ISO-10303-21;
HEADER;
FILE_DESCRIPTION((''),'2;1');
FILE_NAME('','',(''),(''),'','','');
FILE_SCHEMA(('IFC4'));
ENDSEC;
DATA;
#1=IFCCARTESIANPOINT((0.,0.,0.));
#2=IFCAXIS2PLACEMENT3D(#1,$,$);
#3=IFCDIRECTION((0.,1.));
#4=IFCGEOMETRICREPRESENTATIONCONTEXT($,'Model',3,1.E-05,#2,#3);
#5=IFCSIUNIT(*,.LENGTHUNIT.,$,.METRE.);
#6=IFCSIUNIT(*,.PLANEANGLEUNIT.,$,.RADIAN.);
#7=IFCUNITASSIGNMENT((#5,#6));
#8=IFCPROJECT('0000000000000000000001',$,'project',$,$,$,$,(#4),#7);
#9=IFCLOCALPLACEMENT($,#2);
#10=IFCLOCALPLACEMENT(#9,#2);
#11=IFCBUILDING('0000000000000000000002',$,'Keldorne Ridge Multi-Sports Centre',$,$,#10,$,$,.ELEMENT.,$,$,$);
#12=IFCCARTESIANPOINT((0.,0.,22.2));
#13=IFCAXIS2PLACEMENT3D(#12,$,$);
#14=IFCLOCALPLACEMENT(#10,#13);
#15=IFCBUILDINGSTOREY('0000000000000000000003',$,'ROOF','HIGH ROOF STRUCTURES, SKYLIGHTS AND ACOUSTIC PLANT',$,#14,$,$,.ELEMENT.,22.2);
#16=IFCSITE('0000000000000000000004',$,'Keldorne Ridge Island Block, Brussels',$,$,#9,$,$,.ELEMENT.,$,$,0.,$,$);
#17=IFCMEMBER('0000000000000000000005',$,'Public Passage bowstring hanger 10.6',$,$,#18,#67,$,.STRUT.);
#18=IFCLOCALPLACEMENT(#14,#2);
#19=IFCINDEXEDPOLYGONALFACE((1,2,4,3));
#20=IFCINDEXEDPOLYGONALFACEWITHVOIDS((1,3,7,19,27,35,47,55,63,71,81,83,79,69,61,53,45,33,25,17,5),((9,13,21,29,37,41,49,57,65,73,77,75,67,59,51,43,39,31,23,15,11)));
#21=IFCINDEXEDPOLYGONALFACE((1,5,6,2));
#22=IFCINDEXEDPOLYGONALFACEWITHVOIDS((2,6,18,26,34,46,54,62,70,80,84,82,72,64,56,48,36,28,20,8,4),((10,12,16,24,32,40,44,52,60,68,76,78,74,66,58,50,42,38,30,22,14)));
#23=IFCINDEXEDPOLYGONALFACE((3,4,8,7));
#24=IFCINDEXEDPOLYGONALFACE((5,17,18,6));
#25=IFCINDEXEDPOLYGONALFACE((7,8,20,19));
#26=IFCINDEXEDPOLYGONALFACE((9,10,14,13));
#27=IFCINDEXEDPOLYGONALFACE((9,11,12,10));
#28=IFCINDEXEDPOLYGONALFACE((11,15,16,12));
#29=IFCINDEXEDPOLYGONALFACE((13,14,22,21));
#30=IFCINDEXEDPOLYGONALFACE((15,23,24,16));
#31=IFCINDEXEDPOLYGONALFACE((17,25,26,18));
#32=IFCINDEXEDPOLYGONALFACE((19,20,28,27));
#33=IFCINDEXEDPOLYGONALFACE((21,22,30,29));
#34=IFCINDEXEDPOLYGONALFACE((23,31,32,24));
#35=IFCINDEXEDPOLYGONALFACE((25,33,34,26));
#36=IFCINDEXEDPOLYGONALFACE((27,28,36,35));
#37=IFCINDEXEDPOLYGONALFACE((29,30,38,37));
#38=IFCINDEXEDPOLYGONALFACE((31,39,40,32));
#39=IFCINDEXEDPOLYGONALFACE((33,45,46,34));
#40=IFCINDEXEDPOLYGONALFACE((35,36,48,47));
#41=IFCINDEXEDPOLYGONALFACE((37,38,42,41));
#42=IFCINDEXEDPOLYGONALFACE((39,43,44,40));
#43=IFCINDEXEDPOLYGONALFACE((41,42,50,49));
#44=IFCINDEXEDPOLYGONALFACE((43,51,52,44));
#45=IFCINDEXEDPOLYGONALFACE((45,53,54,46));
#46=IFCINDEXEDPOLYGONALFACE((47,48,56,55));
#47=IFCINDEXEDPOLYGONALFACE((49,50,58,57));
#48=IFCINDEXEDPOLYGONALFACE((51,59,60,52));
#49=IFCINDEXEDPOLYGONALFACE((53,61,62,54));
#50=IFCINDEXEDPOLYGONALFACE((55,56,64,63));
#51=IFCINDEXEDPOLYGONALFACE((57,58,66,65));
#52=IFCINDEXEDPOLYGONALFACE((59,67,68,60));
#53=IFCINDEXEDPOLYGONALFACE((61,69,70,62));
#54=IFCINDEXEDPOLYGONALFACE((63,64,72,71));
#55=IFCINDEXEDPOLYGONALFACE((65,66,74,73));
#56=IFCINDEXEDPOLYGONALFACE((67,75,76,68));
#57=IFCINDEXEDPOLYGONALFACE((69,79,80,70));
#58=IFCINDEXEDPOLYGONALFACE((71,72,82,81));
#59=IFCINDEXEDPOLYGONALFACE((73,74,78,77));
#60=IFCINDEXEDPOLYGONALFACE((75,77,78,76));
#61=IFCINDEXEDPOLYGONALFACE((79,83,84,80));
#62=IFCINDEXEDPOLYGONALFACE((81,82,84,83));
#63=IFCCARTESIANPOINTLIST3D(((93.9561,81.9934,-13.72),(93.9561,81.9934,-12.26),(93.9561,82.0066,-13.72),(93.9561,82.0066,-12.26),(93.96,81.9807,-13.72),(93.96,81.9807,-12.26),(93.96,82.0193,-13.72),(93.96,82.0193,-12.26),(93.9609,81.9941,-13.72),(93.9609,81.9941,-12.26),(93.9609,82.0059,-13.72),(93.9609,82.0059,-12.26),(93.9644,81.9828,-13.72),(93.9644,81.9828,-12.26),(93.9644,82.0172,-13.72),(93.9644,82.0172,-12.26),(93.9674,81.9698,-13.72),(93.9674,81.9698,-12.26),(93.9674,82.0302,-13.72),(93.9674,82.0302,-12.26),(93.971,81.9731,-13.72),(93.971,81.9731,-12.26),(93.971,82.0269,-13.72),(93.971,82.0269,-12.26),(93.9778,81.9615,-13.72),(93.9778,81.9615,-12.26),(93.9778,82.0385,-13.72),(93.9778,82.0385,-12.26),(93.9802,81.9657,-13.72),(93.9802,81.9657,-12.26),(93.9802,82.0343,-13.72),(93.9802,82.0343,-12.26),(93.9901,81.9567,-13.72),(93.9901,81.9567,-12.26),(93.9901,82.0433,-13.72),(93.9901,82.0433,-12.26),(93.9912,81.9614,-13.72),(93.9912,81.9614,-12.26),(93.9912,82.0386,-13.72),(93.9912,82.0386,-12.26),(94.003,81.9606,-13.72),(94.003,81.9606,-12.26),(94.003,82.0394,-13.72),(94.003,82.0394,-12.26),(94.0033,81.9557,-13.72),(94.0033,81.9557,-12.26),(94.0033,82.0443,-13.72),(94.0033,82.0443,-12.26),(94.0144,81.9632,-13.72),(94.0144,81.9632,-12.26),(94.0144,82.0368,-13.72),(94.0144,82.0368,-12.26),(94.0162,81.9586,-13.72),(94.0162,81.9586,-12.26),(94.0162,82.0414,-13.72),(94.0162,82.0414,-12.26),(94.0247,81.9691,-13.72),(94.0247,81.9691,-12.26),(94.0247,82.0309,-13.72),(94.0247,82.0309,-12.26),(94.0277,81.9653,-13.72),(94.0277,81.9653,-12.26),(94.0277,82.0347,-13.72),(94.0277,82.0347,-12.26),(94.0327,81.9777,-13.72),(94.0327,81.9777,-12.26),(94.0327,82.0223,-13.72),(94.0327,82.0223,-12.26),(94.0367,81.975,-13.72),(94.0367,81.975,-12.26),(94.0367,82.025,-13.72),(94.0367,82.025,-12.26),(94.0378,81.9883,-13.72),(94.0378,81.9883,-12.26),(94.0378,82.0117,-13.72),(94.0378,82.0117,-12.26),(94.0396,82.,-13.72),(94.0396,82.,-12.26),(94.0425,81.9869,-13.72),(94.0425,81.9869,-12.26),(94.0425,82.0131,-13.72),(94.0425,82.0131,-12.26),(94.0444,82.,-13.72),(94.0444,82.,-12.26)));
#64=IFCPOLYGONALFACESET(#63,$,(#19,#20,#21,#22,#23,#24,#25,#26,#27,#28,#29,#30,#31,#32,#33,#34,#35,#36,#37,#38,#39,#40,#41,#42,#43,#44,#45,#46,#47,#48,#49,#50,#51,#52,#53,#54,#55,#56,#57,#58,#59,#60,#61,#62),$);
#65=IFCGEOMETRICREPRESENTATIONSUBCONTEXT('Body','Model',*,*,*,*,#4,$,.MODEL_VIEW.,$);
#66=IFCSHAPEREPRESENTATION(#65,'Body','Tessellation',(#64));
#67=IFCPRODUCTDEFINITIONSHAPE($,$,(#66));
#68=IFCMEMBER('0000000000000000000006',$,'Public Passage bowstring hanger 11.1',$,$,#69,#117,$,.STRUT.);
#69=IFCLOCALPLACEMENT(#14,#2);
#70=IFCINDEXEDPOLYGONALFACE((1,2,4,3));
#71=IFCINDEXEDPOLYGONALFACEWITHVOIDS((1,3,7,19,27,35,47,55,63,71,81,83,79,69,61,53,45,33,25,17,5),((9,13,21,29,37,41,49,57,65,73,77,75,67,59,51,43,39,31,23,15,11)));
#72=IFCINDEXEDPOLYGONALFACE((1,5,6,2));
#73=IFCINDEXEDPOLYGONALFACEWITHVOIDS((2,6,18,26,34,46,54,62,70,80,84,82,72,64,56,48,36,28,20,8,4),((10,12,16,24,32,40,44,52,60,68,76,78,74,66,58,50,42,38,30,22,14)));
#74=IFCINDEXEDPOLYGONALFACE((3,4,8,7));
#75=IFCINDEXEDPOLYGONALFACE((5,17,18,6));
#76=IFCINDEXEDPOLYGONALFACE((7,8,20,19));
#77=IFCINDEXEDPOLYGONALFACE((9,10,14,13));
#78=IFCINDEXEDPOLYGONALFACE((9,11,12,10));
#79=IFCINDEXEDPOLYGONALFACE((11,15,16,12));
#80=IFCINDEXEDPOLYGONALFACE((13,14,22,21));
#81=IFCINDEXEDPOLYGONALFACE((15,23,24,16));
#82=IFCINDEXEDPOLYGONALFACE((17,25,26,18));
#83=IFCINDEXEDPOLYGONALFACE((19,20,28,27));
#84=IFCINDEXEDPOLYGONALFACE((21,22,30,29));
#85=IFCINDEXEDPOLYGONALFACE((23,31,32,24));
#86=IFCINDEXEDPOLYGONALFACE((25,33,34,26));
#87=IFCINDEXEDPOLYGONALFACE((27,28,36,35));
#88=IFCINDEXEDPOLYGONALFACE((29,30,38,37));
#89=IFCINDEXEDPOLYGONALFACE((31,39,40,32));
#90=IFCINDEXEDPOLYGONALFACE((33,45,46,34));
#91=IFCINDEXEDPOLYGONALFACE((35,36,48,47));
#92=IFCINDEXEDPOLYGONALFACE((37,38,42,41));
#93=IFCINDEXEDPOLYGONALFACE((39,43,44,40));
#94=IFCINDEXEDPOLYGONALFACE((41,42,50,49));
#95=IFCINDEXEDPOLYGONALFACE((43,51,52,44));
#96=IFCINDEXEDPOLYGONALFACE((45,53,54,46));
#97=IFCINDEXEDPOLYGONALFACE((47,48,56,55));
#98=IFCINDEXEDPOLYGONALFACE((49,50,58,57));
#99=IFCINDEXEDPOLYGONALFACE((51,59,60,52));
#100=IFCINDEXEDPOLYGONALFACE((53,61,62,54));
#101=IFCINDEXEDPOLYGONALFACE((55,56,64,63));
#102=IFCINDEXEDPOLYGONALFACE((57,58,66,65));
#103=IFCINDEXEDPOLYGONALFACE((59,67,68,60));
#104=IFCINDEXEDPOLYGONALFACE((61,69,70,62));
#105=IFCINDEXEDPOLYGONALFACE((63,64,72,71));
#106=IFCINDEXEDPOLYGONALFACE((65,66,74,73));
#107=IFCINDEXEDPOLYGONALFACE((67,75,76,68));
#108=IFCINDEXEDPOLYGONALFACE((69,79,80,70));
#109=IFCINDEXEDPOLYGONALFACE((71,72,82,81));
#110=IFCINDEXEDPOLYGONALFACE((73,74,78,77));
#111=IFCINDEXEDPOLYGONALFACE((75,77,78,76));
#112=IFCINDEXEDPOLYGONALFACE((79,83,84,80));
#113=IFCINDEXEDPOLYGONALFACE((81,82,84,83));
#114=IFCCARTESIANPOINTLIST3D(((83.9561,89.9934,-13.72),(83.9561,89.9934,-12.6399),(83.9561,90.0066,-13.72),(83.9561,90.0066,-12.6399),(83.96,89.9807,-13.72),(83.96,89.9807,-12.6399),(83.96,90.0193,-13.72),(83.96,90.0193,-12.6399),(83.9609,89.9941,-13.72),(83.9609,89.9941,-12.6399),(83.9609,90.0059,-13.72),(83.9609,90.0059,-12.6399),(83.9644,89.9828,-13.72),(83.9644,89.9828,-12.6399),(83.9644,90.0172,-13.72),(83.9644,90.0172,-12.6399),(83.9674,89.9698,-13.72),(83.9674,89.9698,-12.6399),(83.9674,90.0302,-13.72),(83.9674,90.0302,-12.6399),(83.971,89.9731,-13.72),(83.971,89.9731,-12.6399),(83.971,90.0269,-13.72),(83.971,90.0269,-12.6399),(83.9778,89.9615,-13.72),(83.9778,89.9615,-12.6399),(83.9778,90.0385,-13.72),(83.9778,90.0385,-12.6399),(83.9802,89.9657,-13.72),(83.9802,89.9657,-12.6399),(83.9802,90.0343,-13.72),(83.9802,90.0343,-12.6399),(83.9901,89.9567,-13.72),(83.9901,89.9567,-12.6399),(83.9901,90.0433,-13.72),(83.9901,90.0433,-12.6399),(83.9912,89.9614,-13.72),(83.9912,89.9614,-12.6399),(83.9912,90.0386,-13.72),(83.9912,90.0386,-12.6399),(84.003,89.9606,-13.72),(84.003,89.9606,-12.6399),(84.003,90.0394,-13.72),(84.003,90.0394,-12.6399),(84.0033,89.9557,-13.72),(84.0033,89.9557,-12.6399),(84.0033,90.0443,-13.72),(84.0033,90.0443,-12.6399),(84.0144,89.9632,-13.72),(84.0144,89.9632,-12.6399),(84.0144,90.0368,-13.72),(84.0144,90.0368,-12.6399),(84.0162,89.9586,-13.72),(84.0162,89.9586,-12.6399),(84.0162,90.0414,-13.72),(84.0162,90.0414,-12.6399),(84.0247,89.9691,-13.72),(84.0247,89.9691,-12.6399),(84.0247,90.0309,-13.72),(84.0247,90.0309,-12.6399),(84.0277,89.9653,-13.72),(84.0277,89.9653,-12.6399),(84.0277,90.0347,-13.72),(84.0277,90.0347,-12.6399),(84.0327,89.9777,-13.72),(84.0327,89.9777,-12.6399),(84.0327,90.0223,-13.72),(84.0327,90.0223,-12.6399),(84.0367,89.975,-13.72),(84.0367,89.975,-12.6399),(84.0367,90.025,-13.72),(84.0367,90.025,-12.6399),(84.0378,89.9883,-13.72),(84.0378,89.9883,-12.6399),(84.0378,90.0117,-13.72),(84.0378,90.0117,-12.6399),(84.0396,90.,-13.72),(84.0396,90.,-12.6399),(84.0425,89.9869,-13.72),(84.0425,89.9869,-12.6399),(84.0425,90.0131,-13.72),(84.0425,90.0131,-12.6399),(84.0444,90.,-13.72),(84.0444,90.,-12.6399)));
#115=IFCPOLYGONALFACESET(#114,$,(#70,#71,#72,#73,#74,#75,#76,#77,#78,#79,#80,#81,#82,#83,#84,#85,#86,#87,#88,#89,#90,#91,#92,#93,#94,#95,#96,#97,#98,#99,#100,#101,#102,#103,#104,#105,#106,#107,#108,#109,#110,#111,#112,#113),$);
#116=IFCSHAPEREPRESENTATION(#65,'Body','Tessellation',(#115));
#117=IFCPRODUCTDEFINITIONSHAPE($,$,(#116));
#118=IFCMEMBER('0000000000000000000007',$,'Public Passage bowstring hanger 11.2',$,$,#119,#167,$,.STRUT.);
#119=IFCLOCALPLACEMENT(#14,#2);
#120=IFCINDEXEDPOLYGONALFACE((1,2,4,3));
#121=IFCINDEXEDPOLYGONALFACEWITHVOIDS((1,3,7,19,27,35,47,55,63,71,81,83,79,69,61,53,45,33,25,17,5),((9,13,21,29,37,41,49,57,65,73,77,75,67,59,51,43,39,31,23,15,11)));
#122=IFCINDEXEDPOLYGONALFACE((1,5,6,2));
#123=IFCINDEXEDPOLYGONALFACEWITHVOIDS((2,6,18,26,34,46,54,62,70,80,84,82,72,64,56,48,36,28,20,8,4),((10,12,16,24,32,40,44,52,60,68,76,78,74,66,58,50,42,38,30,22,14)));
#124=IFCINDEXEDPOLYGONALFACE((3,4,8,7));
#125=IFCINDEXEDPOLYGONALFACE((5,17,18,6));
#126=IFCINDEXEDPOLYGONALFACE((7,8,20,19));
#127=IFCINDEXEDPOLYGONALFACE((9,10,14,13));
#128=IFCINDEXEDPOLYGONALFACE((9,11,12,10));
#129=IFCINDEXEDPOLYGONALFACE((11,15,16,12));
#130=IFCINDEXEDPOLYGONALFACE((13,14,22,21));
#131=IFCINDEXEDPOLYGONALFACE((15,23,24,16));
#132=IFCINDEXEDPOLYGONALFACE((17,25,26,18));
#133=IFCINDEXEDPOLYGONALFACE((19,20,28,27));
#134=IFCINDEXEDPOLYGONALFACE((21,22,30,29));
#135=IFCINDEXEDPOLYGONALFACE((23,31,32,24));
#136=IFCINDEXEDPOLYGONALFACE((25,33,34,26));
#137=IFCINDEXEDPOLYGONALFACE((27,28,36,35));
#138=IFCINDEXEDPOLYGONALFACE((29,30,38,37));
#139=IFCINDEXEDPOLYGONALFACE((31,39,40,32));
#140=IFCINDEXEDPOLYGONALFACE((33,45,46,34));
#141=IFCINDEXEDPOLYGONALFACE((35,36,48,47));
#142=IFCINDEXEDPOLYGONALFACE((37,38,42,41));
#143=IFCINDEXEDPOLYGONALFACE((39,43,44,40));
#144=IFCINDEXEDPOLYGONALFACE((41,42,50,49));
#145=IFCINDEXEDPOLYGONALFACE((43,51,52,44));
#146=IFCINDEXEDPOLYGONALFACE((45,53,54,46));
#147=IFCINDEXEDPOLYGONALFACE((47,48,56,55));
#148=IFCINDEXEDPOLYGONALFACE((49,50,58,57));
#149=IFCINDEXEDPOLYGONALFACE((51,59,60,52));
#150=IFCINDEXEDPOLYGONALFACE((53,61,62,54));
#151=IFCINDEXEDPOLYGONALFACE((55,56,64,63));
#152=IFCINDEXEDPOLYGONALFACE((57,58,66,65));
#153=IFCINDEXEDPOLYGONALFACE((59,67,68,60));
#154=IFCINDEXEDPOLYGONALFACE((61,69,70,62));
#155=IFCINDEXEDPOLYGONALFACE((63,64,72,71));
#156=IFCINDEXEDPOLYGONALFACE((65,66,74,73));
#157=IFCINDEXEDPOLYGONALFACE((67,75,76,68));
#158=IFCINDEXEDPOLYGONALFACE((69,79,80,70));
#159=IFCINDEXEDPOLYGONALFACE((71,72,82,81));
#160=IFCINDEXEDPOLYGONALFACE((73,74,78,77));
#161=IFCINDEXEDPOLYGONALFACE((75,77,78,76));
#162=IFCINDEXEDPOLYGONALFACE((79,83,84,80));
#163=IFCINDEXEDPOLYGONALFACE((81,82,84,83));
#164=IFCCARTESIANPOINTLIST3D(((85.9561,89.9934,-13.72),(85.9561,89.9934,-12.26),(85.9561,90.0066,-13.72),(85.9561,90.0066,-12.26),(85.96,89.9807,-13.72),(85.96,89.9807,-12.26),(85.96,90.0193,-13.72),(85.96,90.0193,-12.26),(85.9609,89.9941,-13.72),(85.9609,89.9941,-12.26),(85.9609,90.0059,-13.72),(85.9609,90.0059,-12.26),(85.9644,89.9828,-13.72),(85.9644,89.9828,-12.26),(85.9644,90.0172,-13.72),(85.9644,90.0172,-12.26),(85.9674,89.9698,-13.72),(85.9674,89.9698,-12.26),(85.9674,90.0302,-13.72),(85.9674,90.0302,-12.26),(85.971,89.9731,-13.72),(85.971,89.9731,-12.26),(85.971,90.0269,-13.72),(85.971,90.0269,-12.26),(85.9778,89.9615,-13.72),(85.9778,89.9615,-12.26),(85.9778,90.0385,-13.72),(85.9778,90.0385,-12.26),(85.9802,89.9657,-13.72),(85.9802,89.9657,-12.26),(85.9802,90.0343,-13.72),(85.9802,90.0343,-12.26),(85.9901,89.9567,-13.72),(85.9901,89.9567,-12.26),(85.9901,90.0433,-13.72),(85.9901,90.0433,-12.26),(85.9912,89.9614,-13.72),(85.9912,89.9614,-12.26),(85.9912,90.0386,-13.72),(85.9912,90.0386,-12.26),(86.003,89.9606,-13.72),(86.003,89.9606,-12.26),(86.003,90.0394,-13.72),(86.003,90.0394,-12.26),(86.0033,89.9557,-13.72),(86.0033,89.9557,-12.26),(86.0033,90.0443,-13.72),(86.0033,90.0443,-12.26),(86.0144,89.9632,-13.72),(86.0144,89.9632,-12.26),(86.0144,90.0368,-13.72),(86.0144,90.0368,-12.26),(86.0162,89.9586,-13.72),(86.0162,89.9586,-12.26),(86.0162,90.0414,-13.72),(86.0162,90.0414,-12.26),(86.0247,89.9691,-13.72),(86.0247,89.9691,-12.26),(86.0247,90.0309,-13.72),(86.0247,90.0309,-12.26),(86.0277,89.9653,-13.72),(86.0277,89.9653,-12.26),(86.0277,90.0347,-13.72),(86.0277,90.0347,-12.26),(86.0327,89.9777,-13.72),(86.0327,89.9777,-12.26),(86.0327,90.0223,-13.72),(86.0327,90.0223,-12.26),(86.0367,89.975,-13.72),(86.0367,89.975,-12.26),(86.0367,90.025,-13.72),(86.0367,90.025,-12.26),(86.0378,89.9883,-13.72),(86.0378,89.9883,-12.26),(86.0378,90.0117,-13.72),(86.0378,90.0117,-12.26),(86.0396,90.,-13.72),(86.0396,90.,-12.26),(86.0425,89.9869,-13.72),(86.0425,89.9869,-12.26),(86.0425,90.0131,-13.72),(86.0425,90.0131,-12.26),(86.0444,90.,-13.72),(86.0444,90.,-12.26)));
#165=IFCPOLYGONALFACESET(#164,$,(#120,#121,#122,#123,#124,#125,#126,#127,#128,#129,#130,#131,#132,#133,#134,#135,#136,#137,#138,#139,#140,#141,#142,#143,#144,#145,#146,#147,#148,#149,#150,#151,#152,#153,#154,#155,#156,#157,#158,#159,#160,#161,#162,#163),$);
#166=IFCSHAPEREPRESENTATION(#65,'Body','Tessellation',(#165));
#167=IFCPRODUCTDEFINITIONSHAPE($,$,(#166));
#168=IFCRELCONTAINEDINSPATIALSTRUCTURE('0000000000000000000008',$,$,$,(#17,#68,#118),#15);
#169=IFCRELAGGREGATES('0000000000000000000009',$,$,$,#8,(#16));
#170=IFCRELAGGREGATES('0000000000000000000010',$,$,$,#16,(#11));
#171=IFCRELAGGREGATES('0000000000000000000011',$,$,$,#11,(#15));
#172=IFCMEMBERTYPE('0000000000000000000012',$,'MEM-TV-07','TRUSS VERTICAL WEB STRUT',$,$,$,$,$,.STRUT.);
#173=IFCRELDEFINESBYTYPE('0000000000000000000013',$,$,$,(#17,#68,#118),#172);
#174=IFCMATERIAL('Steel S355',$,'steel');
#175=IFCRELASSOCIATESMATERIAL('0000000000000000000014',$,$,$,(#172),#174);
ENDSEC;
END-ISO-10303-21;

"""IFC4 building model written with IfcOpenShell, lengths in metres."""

from ifc_helpers import new_model, si_unit, direction, frame, origin, origin_2d, place, context, subcontext, project, spatial, hollow_circle, extrude, material, material_profile, profile_set, type_object, element, save


model = new_model("IFC4")

# Units and contexts
model_context = context("Model", 3, precision=1e-05, world=origin(), true_north=direction((0.0, 1.0)))
body_context = subcontext(model_context, "Body", "Model", "MODEL_VIEW")
ifc_project = project(units=[si_unit("LENGTHUNIT", "METRE"), si_unit("PLANEANGLEUNIT", "RADIAN")], contexts=[model_context])

# Site, building, storey
site_placement = place(None, origin())
site = spatial("IfcSite", under=ifc_project, at=site_placement, Name="Keldorne Ridge Island Block, Brussels", CompositionType="ELEMENT", RefElevation=0.0)
building_placement = place(site_placement, origin())
building = spatial("IfcBuilding", under=site, at=building_placement, Name="Keldorne Ridge Multi-Sports Centre", CompositionType="ELEMENT")
storey_placement = place(building_placement, frame((0.0, 0.0, 22.2)))
storey = spatial("IfcBuildingStorey", under=building, at=storey_placement, Name="ROOF", Description="HIGH ROOF STRUCTURES, SKYLIGHTS AND ACOUSTIC PLANT", CompositionType="ELEMENT", Elevation=22.2)

# Members
ifc_material = material(Name="Steel S355", Category="steel")
ifc_material_profile_1 = material_profile(ifc_material, hollow_circle(Radius=0.0444, WallThickness=0.0049, at=origin_2d()), Name="CHS 88.9x5")
ifc_profile_set_1 = profile_set([ifc_material_profile_1], Name="Steel S355")
member_type_1 = type_object("IfcMemberType", Name="MEM-TV-07", Description="TRUSS VERTICAL WEB STRUT", PredefinedType="STRUT", material=ifc_profile_set_1)
member_1_placement = place(storey_placement, frame((94.0, 82.0, -13.72), z_axis=(0.0, 0.0, 1.0), x_axis=(1.0, 0.0, 0.0)))
element("IfcMember", 1, at=member_1_placement, inside=storey, type_object=member_type_1, Name="Public Passage bowstring hanger 10.6", PredefinedType="STRUT", context=body_context, shape_type="SweptSolid", body=[
    extrude(hollow_circle(Radius=0.0444, WallThickness=0.0049, at=origin_2d()), origin(), (0.0, 0.0, 1.0), 1.46),
])
member_2_placement = place(storey_placement, frame((84.0, 90.0, -13.72), z_axis=(0.0, 0.0, 1.0), x_axis=(1.0, 0.0, 0.0)))
element("IfcMember", 2, at=member_2_placement, inside=storey, type_object=member_type_1, Name="Public Passage bowstring hanger 11.1", PredefinedType="STRUT", context=body_context, shape_type="SweptSolid", body=[
    extrude(hollow_circle(Radius=0.0444, WallThickness=0.0049, at=origin_2d()), origin(), (0.0, 0.0, 1.0), 1.0801),
])
member_3_placement = place(storey_placement, frame((86.0, 90.0, -13.72), z_axis=(0.0, 0.0, 1.0), x_axis=(1.0, 0.0, 0.0)))
element("IfcMember", 3, at=member_3_placement, inside=storey, type_object=member_type_1, Name="Public Passage bowstring hanger 11.2", PredefinedType="STRUT", context=body_context, shape_type="SweptSolid", body=[
    extrude(hollow_circle(Radius=0.0444, WallThickness=0.0049, at=origin_2d()), origin(), (0.0, 0.0, 1.0), 1.46),
])

save(model, "model.ifc")
